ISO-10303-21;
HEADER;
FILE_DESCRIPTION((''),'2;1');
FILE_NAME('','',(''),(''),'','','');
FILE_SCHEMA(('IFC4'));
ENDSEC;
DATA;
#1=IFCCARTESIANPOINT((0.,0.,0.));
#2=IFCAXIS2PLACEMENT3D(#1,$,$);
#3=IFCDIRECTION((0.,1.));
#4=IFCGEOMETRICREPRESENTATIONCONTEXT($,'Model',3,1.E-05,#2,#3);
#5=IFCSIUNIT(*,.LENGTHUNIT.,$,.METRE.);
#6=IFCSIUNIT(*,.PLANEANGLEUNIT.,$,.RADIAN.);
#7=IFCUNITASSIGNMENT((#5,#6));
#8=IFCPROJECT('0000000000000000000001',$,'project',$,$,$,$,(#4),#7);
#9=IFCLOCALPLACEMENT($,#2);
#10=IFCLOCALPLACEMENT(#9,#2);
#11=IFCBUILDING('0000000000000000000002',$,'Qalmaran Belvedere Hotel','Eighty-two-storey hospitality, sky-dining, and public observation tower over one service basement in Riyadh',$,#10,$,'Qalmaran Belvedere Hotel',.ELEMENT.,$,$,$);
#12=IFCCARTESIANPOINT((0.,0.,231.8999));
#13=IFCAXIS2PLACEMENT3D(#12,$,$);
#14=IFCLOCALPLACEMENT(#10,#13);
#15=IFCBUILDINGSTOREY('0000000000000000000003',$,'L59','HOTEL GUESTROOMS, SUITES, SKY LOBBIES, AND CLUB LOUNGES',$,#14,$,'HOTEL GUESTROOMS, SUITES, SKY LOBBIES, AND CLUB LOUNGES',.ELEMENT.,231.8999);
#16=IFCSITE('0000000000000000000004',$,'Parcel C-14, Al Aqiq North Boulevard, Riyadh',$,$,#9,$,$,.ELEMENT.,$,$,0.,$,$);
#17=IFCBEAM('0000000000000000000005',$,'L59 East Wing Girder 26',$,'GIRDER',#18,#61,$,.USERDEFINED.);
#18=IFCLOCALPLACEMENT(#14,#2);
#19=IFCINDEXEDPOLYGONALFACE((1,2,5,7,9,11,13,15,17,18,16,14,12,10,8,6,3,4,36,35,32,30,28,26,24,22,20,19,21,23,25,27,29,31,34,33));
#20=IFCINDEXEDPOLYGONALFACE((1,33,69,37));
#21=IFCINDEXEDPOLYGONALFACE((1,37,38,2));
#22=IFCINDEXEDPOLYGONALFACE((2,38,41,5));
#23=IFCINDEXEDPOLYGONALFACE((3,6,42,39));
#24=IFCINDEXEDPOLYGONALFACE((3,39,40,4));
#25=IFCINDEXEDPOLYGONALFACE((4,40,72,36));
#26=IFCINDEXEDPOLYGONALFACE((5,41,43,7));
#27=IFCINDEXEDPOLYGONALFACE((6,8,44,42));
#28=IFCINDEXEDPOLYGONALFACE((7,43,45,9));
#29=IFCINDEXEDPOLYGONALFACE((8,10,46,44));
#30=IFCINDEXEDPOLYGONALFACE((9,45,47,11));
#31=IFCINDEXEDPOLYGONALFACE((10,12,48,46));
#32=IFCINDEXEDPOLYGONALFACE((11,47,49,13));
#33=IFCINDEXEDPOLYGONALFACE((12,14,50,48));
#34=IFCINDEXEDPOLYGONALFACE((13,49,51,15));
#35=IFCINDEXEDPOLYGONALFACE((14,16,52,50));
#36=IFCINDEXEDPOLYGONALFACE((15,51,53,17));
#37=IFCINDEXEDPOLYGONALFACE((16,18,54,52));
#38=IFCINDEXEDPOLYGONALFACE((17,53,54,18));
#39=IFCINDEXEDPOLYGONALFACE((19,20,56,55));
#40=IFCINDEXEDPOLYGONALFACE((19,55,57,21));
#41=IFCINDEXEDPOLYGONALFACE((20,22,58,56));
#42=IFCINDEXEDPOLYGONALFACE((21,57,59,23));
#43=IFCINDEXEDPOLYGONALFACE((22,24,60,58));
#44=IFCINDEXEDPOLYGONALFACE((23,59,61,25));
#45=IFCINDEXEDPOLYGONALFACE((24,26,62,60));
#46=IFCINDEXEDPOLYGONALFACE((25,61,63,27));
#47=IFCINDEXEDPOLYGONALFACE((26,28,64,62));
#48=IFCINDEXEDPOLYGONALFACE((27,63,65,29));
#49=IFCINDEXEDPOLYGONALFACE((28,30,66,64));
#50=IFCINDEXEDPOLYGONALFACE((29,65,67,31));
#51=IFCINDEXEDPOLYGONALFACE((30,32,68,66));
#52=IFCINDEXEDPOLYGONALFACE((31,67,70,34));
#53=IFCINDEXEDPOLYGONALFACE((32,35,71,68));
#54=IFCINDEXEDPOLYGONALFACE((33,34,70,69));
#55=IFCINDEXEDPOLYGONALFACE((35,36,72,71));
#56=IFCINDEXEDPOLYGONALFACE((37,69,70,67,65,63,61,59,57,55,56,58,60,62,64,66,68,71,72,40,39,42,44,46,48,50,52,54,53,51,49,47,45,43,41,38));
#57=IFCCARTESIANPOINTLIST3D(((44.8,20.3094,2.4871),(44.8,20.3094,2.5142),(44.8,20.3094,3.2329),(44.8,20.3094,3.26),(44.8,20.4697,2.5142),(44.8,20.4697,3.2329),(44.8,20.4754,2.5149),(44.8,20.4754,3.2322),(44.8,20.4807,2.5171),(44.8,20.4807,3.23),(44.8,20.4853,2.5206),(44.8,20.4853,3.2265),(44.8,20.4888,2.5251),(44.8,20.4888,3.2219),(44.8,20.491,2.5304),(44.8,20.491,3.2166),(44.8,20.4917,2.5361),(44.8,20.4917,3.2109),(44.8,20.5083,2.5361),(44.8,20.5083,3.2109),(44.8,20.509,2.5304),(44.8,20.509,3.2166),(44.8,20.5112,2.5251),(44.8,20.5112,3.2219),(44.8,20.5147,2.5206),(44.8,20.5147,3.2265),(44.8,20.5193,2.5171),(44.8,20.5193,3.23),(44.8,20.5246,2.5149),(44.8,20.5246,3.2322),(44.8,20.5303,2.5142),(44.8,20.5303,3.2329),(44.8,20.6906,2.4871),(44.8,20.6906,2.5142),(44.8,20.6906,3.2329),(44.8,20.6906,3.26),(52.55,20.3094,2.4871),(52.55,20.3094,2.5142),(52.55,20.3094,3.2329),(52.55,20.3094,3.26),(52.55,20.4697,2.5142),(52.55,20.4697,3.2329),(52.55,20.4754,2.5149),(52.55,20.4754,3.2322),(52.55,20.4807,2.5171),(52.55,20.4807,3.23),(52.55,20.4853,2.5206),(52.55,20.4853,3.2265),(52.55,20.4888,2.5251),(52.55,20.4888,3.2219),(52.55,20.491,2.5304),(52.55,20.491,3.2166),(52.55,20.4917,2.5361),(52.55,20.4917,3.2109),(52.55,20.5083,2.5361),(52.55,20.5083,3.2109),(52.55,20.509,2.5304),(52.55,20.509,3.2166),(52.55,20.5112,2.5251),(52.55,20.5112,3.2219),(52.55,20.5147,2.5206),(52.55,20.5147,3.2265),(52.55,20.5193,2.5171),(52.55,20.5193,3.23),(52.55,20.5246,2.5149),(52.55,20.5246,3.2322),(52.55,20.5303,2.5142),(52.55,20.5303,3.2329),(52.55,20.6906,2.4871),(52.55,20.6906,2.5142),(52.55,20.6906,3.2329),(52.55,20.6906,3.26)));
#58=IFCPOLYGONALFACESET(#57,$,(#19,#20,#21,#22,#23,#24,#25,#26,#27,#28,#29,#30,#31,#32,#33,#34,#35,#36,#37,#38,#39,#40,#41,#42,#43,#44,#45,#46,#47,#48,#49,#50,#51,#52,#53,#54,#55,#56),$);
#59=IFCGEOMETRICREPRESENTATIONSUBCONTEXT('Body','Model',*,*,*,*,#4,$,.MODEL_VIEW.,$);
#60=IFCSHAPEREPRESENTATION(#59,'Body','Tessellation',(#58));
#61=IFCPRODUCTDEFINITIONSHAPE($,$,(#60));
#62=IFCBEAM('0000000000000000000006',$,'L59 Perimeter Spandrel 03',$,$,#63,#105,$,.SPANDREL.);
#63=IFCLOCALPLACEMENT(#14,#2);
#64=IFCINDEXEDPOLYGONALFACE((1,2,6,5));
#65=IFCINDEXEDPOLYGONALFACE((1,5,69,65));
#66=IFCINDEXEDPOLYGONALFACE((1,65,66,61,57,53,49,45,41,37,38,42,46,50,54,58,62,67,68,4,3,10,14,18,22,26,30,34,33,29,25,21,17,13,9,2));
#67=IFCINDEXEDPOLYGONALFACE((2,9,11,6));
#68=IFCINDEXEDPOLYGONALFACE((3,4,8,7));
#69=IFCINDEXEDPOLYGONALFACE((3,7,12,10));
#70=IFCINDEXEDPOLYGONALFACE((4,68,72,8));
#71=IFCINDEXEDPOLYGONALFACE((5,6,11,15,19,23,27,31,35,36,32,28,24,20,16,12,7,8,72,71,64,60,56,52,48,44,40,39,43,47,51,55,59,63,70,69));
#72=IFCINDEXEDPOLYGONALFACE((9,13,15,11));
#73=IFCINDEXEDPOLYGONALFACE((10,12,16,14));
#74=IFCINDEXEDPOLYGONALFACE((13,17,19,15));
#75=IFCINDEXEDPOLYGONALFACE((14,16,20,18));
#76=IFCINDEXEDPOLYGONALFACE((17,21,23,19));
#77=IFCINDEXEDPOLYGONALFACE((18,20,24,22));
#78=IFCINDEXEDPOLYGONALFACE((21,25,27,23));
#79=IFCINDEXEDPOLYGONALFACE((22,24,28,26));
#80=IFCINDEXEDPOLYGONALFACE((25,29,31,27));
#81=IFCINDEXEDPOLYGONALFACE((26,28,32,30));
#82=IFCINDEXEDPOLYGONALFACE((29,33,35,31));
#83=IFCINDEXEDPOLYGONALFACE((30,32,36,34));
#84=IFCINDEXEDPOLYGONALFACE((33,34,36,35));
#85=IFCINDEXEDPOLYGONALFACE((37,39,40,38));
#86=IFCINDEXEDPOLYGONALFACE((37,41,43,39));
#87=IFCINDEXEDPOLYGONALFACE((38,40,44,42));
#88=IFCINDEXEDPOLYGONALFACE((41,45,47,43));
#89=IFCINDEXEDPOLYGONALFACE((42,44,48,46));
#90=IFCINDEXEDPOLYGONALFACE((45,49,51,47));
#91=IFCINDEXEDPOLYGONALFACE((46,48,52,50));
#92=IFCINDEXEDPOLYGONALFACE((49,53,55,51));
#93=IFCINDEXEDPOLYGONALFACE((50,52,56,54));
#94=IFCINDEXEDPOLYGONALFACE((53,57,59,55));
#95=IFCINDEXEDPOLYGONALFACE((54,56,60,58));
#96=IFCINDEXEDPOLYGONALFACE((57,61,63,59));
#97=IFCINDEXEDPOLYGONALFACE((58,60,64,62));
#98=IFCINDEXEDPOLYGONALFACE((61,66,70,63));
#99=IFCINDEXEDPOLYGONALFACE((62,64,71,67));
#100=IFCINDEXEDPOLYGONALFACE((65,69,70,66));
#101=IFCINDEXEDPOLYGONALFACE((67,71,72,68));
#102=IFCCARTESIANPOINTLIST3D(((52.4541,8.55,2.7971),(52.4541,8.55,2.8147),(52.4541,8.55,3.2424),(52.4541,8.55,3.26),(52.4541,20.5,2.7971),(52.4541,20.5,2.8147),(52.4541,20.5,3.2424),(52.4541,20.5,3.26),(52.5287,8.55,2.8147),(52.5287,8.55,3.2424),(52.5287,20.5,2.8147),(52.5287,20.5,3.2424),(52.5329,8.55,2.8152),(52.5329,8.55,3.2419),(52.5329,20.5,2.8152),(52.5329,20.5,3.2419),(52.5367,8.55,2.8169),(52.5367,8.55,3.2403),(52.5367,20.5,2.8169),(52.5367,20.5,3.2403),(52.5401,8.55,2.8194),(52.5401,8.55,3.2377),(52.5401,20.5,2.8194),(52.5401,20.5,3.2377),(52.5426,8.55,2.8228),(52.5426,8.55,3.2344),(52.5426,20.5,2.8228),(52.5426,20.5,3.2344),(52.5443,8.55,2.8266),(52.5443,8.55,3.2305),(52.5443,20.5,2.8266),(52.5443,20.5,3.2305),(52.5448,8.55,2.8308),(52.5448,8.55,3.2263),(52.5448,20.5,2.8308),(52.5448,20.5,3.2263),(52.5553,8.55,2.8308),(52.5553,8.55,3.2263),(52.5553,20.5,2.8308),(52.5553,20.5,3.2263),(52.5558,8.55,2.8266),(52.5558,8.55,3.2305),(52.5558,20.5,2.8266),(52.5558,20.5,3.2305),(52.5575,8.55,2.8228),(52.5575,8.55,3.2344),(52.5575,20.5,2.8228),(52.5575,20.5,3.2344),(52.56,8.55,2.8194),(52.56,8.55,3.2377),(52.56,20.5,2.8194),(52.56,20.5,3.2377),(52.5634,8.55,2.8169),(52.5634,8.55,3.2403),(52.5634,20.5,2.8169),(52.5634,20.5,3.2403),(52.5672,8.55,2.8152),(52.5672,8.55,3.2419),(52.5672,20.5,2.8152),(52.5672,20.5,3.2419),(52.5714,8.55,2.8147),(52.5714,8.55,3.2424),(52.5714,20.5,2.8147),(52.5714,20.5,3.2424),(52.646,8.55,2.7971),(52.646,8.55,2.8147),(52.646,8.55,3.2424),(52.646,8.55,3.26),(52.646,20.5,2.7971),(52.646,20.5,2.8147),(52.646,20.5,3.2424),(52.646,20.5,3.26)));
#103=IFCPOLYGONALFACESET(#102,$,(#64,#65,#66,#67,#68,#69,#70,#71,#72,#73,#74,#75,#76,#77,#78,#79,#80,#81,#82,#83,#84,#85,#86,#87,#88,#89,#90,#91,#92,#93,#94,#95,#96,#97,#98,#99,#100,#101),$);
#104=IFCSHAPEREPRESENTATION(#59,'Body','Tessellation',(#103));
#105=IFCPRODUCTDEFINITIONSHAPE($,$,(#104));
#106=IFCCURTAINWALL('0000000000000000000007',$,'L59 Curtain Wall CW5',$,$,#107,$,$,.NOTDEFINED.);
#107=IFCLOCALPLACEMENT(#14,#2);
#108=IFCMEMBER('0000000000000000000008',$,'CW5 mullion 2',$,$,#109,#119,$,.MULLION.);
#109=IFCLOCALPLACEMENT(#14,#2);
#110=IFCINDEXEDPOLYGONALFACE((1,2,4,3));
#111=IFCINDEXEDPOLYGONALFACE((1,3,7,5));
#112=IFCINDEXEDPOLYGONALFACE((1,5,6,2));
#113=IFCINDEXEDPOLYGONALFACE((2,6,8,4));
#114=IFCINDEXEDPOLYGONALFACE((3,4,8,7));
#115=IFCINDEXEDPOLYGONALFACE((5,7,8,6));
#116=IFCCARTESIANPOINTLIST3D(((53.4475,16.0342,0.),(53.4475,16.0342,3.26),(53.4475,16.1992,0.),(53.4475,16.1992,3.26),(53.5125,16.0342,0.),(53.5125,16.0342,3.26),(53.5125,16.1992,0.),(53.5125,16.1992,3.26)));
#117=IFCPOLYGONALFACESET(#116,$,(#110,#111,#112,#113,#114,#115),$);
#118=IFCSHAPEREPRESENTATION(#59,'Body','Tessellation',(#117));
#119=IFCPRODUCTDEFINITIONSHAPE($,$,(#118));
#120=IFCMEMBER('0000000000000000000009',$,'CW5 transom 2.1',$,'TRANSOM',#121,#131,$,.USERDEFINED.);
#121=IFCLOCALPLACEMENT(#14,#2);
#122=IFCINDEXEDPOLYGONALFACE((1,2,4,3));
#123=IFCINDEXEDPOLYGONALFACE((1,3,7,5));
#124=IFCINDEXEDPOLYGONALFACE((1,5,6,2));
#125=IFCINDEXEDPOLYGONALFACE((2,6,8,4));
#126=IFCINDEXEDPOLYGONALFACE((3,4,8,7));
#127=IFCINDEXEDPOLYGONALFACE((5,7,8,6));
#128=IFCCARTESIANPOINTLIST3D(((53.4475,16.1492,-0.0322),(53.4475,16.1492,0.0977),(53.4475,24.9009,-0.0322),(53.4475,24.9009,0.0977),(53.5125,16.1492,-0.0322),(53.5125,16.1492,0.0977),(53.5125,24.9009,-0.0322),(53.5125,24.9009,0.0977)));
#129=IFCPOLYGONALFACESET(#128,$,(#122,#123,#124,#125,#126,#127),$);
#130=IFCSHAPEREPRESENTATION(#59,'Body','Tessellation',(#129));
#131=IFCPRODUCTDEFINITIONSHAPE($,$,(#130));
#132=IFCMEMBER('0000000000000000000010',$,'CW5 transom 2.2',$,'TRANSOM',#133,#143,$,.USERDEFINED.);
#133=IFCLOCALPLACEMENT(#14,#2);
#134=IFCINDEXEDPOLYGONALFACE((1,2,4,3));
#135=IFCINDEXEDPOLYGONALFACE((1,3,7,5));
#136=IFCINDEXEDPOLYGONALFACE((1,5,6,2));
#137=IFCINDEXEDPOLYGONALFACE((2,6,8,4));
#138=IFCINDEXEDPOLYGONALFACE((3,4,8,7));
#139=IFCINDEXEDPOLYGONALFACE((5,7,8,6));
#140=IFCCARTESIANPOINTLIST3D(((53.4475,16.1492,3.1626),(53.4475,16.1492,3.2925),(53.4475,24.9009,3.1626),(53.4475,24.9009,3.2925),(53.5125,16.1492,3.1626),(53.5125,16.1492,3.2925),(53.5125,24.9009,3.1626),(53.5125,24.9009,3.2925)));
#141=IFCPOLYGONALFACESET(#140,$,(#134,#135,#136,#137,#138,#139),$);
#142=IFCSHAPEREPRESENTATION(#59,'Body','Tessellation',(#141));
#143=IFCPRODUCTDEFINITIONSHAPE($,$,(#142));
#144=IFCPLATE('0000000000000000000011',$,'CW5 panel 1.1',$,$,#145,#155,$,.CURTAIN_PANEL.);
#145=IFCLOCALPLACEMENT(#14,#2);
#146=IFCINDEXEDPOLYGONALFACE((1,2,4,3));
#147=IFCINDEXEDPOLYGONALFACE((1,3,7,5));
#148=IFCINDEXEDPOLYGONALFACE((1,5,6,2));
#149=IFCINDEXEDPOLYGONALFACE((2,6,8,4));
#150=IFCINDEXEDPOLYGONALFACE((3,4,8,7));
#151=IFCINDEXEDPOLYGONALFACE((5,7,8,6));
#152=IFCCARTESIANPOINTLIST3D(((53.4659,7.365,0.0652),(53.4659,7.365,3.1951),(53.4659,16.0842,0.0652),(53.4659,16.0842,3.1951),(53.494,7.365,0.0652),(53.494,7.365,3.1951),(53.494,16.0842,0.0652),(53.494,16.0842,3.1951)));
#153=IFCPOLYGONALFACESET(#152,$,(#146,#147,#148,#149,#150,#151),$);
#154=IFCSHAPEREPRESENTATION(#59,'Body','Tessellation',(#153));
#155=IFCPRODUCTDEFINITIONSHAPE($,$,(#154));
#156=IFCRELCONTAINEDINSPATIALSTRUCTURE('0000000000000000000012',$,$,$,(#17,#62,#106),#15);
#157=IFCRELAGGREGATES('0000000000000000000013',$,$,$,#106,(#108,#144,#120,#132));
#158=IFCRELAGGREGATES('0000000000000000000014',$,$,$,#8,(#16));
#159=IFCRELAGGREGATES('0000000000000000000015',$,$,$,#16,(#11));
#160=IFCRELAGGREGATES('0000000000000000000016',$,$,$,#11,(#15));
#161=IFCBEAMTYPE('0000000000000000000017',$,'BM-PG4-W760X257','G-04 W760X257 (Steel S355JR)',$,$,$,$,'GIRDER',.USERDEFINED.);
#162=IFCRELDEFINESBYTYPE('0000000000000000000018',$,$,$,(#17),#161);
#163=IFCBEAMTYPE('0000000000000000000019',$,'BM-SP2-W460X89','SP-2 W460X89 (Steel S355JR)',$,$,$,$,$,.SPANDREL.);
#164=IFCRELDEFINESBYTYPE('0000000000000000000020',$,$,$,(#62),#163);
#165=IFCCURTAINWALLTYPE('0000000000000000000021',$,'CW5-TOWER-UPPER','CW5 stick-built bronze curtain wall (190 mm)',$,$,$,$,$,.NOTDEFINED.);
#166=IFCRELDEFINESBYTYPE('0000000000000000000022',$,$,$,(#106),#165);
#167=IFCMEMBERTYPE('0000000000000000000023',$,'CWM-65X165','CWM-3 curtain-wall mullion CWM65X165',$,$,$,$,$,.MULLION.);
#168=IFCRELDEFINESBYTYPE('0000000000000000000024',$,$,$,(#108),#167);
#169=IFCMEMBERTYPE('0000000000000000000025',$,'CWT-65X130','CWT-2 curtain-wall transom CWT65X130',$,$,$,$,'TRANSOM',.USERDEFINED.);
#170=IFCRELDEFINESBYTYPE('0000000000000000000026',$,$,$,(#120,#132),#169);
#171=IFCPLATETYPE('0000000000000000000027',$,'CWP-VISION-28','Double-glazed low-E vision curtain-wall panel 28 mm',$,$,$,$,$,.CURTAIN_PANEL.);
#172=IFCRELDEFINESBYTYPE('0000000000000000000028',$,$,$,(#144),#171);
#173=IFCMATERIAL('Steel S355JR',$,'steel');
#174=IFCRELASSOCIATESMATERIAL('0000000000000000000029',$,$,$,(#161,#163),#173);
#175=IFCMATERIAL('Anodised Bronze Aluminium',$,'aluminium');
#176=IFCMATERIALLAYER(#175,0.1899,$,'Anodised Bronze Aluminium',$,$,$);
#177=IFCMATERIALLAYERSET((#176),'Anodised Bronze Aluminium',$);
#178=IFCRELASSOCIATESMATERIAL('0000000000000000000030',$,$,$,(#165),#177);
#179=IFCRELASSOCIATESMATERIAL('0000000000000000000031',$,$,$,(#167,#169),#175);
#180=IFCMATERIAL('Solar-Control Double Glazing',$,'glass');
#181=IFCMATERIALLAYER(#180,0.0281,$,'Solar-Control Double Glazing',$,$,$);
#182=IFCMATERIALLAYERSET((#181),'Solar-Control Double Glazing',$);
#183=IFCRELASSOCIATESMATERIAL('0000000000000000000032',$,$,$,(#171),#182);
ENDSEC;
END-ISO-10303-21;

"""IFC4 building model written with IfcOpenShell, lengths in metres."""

from ifc_helpers import new_model, si_unit, direction, frame, origin, origin_2d, place, context, subcontext, project, spatial, rectangle, i_section, extrude, material, layer, layer_set, material_profile, profile_set, type_object, element, aggregate, save


model = new_model("IFC4")

# Units and contexts
model_context = context("Model", 3, precision=1e-05, world=origin(), true_north=direction((0.0, 1.0)))
body_context = subcontext(model_context, "Body", "Model", "MODEL_VIEW")
ifc_project = project(units=[si_unit("LENGTHUNIT", "METRE"), si_unit("PLANEANGLEUNIT", "RADIAN")], contexts=[model_context])

# Site, building, storey
site_placement = place(None, origin())
site = spatial("IfcSite", under=ifc_project, at=site_placement, Name="Parcel C-14, Al Aqiq North Boulevard, Riyadh", CompositionType="ELEMENT", RefElevation=0.0)
building_placement = place(site_placement, origin())
building = spatial("IfcBuilding", under=site, at=building_placement, Name="Qalmaran Belvedere Hotel", Description="Eighty-two-storey hospitality, sky-dining, and public observation tower over one service basement in Riyadh", LongName="Qalmaran Belvedere Hotel", CompositionType="ELEMENT")
storey_placement = place(building_placement, frame((0.0, 0.0, 231.8999)))
storey = spatial("IfcBuildingStorey", under=building, at=storey_placement, Name="L59", Description="HOTEL GUESTROOMS, SUITES, SKY LOBBIES, AND CLUB LOUNGES", LongName="HOTEL GUESTROOMS, SUITES, SKY LOBBIES, AND CLUB LOUNGES", CompositionType="ELEMENT", Elevation=231.8999)

# Beams
ifc_material_1 = material(Name="Steel S355JR", Category="steel")
ifc_material_profile_1 = material_profile(ifc_material_1, i_section(OverallWidth=0.3811, OverallDepth=0.7729, WebThickness=0.0166, FlangeThickness=0.0271, FilletRadius=0.022, at=origin_2d()), Name="W760X257")
ifc_profile_set_1 = profile_set([ifc_material_profile_1], Name="Steel S355JR")
beam_type_1 = type_object("IfcBeamType", Name="BM-PG4-W760X257", Description="G-04 W760X257 (Steel S355JR)", ElementType="GIRDER", PredefinedType="USERDEFINED", material=ifc_profile_set_1)
beam_1_placement = place(storey_placement, frame((44.8, 20.5, 2.8735), z_axis=(1.0, 0.0, 0.0), x_axis=(0.0, 1.0, 0.0)))
element("IfcBeam", 1, at=beam_1_placement, inside=storey, type_object=beam_type_1, Name="L59 East Wing Girder 26", ObjectType="GIRDER", PredefinedType="USERDEFINED", context=body_context, shape_type="SweptSolid", body=[
    extrude(i_section(OverallWidth=0.3811, OverallDepth=0.7729, WebThickness=0.0166, FlangeThickness=0.0271, FilletRadius=0.022, at=origin_2d()), origin(), (0.0, 0.0, 1.0), 7.75),
])
ifc_material_profile_2 = material_profile(ifc_material_1, i_section(OverallWidth=0.1919, OverallDepth=0.4629, WebThickness=0.0105, FlangeThickness=0.0176, FilletRadius=0.0161, at=origin_2d()), Name="W460X89")
ifc_profile_set_2 = profile_set([ifc_material_profile_2], Name="Steel S355JR")
beam_type_2 = type_object("IfcBeamType", Name="BM-SP2-W460X89", Description="SP-2 W460X89 (Steel S355JR)", PredefinedType="SPANDREL", material=ifc_profile_set_2)
beam_2_placement = place(storey_placement, frame((52.55, 8.55, 3.0286), z_axis=(0.0, 1.0, 0.0), x_axis=(-1.0, 0.0, 0.0)))
element("IfcBeam", 2, at=beam_2_placement, inside=storey, type_object=beam_type_2, Name="L59 Perimeter Spandrel 03", PredefinedType="SPANDREL", context=body_context, shape_type="SweptSolid", body=[
    extrude(i_section(OverallWidth=0.1919, OverallDepth=0.4629, WebThickness=0.0105, FlangeThickness=0.0176, FilletRadius=0.0161, at=origin_2d()), origin(), (0.0, 0.0, 1.0), 11.95),
])

# Curtain wall, members, plate
ifc_material_2 = material(Name="Anodised Bronze Aluminium", Category="aluminium")
ifc_layer_1 = layer(ifc_material_2, 0.1899, Name="Anodised Bronze Aluminium")
ifc_layer_set_1 = layer_set([ifc_layer_1], Name="Anodised Bronze Aluminium")
curtain_wall_type = type_object("IfcCurtainWallType", Name="CW5-TOWER-UPPER", Description="CW5 stick-built bronze curtain wall (190 mm)", PredefinedType="NOTDEFINED", material=ifc_layer_set_1)
curtain_wall_placement = place(storey_placement, origin())
curtain_wall = element("IfcCurtainWall", 3, at=curtain_wall_placement, inside=storey, type_object=curtain_wall_type, Name="L59 Curtain Wall CW5", PredefinedType="NOTDEFINED")
ifc_material_profile_3 = material_profile(ifc_material_2, rectangle(XDim=0.0649, YDim=0.165, at=origin_2d()), Name="CWM65X165")
ifc_profile_set_3 = profile_set([ifc_material_profile_3], Name="Anodised Bronze Aluminium")
member_type_1 = type_object("IfcMemberType", Name="CWM-65X165", Description="CWM-3 curtain-wall mullion CWM65X165", PredefinedType="MULLION", material=ifc_profile_set_3)
member_1_placement = place(storey_placement, frame((53.48, 16.1167, 0.0), z_axis=(0.0, 0.0, 1.0), x_axis=(-1.0, 0.0, 0.0)))
member_1 = element("IfcMember", 4, at=member_1_placement, type_object=member_type_1, Name="CW5 mullion 2", PredefinedType="MULLION", context=body_context, shape_type="SweptSolid", body=[
    extrude(rectangle(XDim=0.0649, YDim=0.165, at=origin_2d()), origin(), (0.0, 0.0, 1.0), 3.26),
])
ifc_material_profile_4 = material_profile(ifc_material_2, rectangle(XDim=0.0649, YDim=0.1299, at=origin_2d()), Name="CWT65X130")
ifc_profile_set_4 = profile_set([ifc_material_profile_4], Name="Anodised Bronze Aluminium")
member_type_2 = type_object("IfcMemberType", Name="CWT-65X130", Description="CWT-2 curtain-wall transom CWT65X130", ElementType="TRANSOM", PredefinedType="USERDEFINED", material=ifc_profile_set_4)
member_2_placement = place(storey_placement, frame((53.48, 16.1492, 0.0327), z_axis=(0.0, 1.0, 0.0), x_axis=(-1.0, 0.0, 0.0)))
member_2 = element("IfcMember", 5, at=member_2_placement, type_object=member_type_2, Name="CW5 transom 2.1", ObjectType="TRANSOM", PredefinedType="USERDEFINED", context=body_context, shape_type="SweptSolid", body=[
    extrude(rectangle(XDim=0.0649, YDim=0.1299, at=origin_2d()), origin(), (0.0, 0.0, 1.0), 8.7517),
])
member_3_placement = place(storey_placement, frame((53.48, 16.1492, 3.2275), z_axis=(0.0, 1.0, 0.0), x_axis=(-1.0, 0.0, 0.0)))
member_3 = element("IfcMember", 6, at=member_3_placement, type_object=member_type_2, Name="CW5 transom 2.2", ObjectType="TRANSOM", PredefinedType="USERDEFINED", context=body_context, shape_type="SweptSolid", body=[
    extrude(rectangle(XDim=0.0649, YDim=0.1299, at=origin_2d()), origin(), (0.0, 0.0, 1.0), 8.7517),
])
ifc_material_3 = material(Name="Solar-Control Double Glazing", Category="glass")
ifc_layer_2 = layer(ifc_material_3, 0.0281, Name="Solar-Control Double Glazing")
ifc_layer_set_2 = layer_set([ifc_layer_2], Name="Solar-Control Double Glazing")
plate_type = type_object("IfcPlateType", Name="CWP-VISION-28", Description="Double-glazed low-E vision curtain-wall panel 28 mm", PredefinedType="CURTAIN_PANEL", material=ifc_layer_set_2)
plate_placement = place(storey_placement, frame((53.48, 11.7246, 0.0652), z_axis=(0.0, 0.0, 1.0), x_axis=(0.0, 1.0, 0.0)))
plate = element("IfcPlate", 7, at=plate_placement, type_object=plate_type, Name="CW5 panel 1.1", PredefinedType="CURTAIN_PANEL", context=body_context, shape_type="SweptSolid", body=[
    extrude(rectangle(XDim=8.7192, YDim=0.0281, at=origin_2d()), origin(), (0.0, 0.0, 1.0), 3.1299),
])
aggregate(curtain_wall, [member_1, plate, member_2, member_3])

save(model, "model.ifc")
